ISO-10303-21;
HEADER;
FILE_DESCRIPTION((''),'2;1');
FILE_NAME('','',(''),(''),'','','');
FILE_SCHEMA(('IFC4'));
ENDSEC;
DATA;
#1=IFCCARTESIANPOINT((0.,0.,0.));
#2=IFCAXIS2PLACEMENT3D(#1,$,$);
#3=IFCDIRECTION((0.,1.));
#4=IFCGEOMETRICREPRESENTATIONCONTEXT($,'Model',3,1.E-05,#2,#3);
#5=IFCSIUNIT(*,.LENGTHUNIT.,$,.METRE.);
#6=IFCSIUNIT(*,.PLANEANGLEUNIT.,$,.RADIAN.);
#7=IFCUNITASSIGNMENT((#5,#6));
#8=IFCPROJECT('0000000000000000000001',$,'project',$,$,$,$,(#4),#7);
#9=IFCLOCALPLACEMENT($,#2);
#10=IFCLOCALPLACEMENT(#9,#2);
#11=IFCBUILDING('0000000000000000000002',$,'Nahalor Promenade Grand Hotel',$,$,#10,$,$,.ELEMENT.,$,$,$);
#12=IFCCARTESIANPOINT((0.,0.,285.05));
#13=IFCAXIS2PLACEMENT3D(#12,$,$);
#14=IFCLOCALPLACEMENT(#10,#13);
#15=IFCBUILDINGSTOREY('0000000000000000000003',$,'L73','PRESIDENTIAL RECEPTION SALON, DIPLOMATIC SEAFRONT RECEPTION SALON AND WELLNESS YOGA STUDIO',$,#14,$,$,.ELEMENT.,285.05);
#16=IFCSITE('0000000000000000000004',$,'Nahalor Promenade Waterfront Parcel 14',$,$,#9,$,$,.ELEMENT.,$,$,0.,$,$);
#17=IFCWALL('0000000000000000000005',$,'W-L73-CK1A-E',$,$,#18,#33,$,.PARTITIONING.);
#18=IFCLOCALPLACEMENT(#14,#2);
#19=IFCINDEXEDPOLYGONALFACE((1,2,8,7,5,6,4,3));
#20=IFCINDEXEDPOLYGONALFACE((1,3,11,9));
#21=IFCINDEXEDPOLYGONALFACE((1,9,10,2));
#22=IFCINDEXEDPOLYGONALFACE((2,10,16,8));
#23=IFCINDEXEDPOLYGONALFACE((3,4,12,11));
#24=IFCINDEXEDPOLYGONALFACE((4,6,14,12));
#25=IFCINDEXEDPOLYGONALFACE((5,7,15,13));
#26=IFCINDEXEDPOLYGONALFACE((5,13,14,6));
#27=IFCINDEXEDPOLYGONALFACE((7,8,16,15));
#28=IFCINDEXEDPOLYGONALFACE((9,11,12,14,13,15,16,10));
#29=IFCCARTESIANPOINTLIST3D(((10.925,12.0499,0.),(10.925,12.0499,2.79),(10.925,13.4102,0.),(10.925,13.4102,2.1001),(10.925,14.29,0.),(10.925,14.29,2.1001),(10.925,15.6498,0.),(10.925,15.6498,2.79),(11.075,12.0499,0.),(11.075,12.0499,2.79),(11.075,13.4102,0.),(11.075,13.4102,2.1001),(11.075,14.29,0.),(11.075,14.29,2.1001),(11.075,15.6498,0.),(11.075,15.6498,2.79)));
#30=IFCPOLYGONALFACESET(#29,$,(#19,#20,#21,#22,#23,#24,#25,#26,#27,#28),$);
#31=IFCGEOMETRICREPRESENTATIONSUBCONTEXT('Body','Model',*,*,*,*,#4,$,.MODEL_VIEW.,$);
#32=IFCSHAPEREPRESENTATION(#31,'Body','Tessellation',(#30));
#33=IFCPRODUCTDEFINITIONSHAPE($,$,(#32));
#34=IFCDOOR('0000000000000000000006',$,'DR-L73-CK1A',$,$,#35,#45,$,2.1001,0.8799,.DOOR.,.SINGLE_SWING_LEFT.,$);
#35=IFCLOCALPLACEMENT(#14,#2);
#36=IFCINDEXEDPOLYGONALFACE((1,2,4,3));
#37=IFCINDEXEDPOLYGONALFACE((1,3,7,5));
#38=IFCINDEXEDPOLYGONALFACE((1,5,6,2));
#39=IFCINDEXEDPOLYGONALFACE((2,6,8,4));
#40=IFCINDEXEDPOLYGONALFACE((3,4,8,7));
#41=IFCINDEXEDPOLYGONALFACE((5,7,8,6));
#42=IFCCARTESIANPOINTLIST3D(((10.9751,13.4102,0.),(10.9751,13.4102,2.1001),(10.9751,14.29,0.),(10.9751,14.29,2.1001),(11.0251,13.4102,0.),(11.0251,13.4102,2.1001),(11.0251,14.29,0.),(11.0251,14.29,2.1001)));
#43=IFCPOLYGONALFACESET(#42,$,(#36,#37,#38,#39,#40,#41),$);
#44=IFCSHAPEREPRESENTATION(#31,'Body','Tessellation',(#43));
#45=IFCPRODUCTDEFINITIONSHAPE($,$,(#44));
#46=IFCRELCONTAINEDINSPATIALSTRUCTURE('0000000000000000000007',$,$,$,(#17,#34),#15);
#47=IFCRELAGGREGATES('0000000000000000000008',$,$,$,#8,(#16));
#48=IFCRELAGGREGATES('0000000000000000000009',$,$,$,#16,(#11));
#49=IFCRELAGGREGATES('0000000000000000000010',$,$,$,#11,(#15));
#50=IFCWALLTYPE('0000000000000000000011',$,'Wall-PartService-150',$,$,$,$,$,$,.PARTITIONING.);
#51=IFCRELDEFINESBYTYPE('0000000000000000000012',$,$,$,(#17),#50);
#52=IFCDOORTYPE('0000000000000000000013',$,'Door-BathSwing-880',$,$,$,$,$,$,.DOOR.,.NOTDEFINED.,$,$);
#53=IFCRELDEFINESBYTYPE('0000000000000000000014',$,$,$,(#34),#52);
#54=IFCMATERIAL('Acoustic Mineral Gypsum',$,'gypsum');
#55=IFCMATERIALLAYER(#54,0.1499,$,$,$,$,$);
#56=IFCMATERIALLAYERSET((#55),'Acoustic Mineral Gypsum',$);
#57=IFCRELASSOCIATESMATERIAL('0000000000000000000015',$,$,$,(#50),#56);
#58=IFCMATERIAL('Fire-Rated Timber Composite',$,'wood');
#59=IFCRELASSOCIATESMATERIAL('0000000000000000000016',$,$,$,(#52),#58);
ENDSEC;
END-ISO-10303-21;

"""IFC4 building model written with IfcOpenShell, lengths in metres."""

from ifc_helpers import new_model, si_unit, direction, frame, frame_2d, origin, place, context, subcontext, project, spatial, rectangle, extrude, source, transform, mapped, material, layer, layer_set, type_object, element, fill, save


model = new_model("IFC4")

# Units and contexts
model_context = context("Model", 3, precision=1e-05, world=origin(), true_north=direction((0.0, 1.0)))
body_context = subcontext(model_context, "Body", "Model", "MODEL_VIEW")
ifc_project = project(units=[si_unit("LENGTHUNIT", "METRE"), si_unit("PLANEANGLEUNIT", "RADIAN")], contexts=[model_context])

# Site, building, storey
site_placement = place(None, origin())
site = spatial("IfcSite", under=ifc_project, at=site_placement, Name="Nahalor Promenade Waterfront Parcel 14", CompositionType="ELEMENT", RefElevation=0.0)
building_placement = place(site_placement, origin())
building = spatial("IfcBuilding", under=site, at=building_placement, Name="Nahalor Promenade Grand Hotel", CompositionType="ELEMENT")
storey_placement = place(building_placement, frame((0.0, 0.0, 285.05)))
storey = spatial("IfcBuildingStorey", under=building, at=storey_placement, Name="L73", Description="PRESIDENTIAL RECEPTION SALON, DIPLOMATIC SEAFRONT RECEPTION SALON AND WELLNESS YOGA STUDIO", CompositionType="ELEMENT", Elevation=285.05)

# Shared definitions
ifc_material_1 = material(Name="Acoustic Mineral Gypsum", Category="gypsum")
ifc_layer_1 = layer(ifc_material_1, 0.1499)
ifc_layer_set_1 = layer_set([ifc_layer_1], Name="Acoustic Mineral Gypsum")
wall_type_1 = type_object("IfcWallType", Name="Wall-PartService-150", PredefinedType="PARTITIONING", material=ifc_layer_set_1)
shared_shape_1 = source(origin(), body_context, "Body", "SweptSolid", [
    extrude(rectangle(XDim=3.5999, YDim=0.1499, at=frame_2d((1.7998, 0.0))), origin(), (0.0, 0.0, 1.0), 2.79),
])

# Wall, opening, door
wall_1_placement = place(storey_placement, frame((11.0, 12.05, 0.0), z_axis=(0.0, 0.0, 1.0), x_axis=(0.0, 1.0, 0.0)))
wall_1 = element("IfcWall", 1, at=wall_1_placement, inside=storey, type_object=wall_type_1, Name="W-L73-CK1A-E", PredefinedType="PARTITIONING", context=body_context, shape_type="MappedRepresentation", body=[
    mapped(shared_shape_1, transform((0.0, 0.0, 0.0), scale=1.0)),
])
opening_1_placement = place(wall_1_placement, frame((1.3601, 0.0, 0.0)))
opening_1 = element("IfcOpeningElement", 2, at=opening_1_placement, cuts=wall_1, PredefinedType="OPENING", context=body_context, shape_type="SweptSolid", body=[
    extrude(rectangle(XDim=0.8799, YDim=2.1001, at=frame_2d((0.4399, 1.05))), frame((0.0, 0.085, 0.0), z_axis=(0.0, -1.0, 0.0), x_axis=(1.0, 0.0, 0.0)), (0.0, 0.0, 1.0), 0.1699),
])
ifc_material_2 = material(Name="Fire-Rated Timber Composite", Category="wood")
door_type_1 = type_object("IfcDoorType", Name="Door-BathSwing-880", OperationType="NOTDEFINED", PredefinedType="DOOR", material=ifc_material_2)
shared_shape_2 = source(origin(), body_context, "Body", "SweptSolid", [
    extrude(rectangle(XDim=0.8799, YDim=2.1001, at=frame_2d((0.4399, 1.05))), frame((0.0, 0.0249, 0.0), z_axis=(0.0, -1.0, 0.0), x_axis=(1.0, 0.0, 0.0)), (0.0, 0.0, 1.0), 0.05),
])
door_1_placement = place(opening_1_placement, origin())
door_1 = element("IfcDoor", 3, at=door_1_placement, inside=storey, type_object=door_type_1, Name="DR-L73-CK1A", OperationType="SINGLE_SWING_LEFT", OverallHeight=2.1001, OverallWidth=0.8799, PredefinedType="DOOR", context=body_context, shape_type="MappedRepresentation", body=[
    mapped(shared_shape_2, transform((0.0, 0.0, 0.0), scale=1.0)),
])
fill(opening_1, door_1)

save(model, "model.ifc")
